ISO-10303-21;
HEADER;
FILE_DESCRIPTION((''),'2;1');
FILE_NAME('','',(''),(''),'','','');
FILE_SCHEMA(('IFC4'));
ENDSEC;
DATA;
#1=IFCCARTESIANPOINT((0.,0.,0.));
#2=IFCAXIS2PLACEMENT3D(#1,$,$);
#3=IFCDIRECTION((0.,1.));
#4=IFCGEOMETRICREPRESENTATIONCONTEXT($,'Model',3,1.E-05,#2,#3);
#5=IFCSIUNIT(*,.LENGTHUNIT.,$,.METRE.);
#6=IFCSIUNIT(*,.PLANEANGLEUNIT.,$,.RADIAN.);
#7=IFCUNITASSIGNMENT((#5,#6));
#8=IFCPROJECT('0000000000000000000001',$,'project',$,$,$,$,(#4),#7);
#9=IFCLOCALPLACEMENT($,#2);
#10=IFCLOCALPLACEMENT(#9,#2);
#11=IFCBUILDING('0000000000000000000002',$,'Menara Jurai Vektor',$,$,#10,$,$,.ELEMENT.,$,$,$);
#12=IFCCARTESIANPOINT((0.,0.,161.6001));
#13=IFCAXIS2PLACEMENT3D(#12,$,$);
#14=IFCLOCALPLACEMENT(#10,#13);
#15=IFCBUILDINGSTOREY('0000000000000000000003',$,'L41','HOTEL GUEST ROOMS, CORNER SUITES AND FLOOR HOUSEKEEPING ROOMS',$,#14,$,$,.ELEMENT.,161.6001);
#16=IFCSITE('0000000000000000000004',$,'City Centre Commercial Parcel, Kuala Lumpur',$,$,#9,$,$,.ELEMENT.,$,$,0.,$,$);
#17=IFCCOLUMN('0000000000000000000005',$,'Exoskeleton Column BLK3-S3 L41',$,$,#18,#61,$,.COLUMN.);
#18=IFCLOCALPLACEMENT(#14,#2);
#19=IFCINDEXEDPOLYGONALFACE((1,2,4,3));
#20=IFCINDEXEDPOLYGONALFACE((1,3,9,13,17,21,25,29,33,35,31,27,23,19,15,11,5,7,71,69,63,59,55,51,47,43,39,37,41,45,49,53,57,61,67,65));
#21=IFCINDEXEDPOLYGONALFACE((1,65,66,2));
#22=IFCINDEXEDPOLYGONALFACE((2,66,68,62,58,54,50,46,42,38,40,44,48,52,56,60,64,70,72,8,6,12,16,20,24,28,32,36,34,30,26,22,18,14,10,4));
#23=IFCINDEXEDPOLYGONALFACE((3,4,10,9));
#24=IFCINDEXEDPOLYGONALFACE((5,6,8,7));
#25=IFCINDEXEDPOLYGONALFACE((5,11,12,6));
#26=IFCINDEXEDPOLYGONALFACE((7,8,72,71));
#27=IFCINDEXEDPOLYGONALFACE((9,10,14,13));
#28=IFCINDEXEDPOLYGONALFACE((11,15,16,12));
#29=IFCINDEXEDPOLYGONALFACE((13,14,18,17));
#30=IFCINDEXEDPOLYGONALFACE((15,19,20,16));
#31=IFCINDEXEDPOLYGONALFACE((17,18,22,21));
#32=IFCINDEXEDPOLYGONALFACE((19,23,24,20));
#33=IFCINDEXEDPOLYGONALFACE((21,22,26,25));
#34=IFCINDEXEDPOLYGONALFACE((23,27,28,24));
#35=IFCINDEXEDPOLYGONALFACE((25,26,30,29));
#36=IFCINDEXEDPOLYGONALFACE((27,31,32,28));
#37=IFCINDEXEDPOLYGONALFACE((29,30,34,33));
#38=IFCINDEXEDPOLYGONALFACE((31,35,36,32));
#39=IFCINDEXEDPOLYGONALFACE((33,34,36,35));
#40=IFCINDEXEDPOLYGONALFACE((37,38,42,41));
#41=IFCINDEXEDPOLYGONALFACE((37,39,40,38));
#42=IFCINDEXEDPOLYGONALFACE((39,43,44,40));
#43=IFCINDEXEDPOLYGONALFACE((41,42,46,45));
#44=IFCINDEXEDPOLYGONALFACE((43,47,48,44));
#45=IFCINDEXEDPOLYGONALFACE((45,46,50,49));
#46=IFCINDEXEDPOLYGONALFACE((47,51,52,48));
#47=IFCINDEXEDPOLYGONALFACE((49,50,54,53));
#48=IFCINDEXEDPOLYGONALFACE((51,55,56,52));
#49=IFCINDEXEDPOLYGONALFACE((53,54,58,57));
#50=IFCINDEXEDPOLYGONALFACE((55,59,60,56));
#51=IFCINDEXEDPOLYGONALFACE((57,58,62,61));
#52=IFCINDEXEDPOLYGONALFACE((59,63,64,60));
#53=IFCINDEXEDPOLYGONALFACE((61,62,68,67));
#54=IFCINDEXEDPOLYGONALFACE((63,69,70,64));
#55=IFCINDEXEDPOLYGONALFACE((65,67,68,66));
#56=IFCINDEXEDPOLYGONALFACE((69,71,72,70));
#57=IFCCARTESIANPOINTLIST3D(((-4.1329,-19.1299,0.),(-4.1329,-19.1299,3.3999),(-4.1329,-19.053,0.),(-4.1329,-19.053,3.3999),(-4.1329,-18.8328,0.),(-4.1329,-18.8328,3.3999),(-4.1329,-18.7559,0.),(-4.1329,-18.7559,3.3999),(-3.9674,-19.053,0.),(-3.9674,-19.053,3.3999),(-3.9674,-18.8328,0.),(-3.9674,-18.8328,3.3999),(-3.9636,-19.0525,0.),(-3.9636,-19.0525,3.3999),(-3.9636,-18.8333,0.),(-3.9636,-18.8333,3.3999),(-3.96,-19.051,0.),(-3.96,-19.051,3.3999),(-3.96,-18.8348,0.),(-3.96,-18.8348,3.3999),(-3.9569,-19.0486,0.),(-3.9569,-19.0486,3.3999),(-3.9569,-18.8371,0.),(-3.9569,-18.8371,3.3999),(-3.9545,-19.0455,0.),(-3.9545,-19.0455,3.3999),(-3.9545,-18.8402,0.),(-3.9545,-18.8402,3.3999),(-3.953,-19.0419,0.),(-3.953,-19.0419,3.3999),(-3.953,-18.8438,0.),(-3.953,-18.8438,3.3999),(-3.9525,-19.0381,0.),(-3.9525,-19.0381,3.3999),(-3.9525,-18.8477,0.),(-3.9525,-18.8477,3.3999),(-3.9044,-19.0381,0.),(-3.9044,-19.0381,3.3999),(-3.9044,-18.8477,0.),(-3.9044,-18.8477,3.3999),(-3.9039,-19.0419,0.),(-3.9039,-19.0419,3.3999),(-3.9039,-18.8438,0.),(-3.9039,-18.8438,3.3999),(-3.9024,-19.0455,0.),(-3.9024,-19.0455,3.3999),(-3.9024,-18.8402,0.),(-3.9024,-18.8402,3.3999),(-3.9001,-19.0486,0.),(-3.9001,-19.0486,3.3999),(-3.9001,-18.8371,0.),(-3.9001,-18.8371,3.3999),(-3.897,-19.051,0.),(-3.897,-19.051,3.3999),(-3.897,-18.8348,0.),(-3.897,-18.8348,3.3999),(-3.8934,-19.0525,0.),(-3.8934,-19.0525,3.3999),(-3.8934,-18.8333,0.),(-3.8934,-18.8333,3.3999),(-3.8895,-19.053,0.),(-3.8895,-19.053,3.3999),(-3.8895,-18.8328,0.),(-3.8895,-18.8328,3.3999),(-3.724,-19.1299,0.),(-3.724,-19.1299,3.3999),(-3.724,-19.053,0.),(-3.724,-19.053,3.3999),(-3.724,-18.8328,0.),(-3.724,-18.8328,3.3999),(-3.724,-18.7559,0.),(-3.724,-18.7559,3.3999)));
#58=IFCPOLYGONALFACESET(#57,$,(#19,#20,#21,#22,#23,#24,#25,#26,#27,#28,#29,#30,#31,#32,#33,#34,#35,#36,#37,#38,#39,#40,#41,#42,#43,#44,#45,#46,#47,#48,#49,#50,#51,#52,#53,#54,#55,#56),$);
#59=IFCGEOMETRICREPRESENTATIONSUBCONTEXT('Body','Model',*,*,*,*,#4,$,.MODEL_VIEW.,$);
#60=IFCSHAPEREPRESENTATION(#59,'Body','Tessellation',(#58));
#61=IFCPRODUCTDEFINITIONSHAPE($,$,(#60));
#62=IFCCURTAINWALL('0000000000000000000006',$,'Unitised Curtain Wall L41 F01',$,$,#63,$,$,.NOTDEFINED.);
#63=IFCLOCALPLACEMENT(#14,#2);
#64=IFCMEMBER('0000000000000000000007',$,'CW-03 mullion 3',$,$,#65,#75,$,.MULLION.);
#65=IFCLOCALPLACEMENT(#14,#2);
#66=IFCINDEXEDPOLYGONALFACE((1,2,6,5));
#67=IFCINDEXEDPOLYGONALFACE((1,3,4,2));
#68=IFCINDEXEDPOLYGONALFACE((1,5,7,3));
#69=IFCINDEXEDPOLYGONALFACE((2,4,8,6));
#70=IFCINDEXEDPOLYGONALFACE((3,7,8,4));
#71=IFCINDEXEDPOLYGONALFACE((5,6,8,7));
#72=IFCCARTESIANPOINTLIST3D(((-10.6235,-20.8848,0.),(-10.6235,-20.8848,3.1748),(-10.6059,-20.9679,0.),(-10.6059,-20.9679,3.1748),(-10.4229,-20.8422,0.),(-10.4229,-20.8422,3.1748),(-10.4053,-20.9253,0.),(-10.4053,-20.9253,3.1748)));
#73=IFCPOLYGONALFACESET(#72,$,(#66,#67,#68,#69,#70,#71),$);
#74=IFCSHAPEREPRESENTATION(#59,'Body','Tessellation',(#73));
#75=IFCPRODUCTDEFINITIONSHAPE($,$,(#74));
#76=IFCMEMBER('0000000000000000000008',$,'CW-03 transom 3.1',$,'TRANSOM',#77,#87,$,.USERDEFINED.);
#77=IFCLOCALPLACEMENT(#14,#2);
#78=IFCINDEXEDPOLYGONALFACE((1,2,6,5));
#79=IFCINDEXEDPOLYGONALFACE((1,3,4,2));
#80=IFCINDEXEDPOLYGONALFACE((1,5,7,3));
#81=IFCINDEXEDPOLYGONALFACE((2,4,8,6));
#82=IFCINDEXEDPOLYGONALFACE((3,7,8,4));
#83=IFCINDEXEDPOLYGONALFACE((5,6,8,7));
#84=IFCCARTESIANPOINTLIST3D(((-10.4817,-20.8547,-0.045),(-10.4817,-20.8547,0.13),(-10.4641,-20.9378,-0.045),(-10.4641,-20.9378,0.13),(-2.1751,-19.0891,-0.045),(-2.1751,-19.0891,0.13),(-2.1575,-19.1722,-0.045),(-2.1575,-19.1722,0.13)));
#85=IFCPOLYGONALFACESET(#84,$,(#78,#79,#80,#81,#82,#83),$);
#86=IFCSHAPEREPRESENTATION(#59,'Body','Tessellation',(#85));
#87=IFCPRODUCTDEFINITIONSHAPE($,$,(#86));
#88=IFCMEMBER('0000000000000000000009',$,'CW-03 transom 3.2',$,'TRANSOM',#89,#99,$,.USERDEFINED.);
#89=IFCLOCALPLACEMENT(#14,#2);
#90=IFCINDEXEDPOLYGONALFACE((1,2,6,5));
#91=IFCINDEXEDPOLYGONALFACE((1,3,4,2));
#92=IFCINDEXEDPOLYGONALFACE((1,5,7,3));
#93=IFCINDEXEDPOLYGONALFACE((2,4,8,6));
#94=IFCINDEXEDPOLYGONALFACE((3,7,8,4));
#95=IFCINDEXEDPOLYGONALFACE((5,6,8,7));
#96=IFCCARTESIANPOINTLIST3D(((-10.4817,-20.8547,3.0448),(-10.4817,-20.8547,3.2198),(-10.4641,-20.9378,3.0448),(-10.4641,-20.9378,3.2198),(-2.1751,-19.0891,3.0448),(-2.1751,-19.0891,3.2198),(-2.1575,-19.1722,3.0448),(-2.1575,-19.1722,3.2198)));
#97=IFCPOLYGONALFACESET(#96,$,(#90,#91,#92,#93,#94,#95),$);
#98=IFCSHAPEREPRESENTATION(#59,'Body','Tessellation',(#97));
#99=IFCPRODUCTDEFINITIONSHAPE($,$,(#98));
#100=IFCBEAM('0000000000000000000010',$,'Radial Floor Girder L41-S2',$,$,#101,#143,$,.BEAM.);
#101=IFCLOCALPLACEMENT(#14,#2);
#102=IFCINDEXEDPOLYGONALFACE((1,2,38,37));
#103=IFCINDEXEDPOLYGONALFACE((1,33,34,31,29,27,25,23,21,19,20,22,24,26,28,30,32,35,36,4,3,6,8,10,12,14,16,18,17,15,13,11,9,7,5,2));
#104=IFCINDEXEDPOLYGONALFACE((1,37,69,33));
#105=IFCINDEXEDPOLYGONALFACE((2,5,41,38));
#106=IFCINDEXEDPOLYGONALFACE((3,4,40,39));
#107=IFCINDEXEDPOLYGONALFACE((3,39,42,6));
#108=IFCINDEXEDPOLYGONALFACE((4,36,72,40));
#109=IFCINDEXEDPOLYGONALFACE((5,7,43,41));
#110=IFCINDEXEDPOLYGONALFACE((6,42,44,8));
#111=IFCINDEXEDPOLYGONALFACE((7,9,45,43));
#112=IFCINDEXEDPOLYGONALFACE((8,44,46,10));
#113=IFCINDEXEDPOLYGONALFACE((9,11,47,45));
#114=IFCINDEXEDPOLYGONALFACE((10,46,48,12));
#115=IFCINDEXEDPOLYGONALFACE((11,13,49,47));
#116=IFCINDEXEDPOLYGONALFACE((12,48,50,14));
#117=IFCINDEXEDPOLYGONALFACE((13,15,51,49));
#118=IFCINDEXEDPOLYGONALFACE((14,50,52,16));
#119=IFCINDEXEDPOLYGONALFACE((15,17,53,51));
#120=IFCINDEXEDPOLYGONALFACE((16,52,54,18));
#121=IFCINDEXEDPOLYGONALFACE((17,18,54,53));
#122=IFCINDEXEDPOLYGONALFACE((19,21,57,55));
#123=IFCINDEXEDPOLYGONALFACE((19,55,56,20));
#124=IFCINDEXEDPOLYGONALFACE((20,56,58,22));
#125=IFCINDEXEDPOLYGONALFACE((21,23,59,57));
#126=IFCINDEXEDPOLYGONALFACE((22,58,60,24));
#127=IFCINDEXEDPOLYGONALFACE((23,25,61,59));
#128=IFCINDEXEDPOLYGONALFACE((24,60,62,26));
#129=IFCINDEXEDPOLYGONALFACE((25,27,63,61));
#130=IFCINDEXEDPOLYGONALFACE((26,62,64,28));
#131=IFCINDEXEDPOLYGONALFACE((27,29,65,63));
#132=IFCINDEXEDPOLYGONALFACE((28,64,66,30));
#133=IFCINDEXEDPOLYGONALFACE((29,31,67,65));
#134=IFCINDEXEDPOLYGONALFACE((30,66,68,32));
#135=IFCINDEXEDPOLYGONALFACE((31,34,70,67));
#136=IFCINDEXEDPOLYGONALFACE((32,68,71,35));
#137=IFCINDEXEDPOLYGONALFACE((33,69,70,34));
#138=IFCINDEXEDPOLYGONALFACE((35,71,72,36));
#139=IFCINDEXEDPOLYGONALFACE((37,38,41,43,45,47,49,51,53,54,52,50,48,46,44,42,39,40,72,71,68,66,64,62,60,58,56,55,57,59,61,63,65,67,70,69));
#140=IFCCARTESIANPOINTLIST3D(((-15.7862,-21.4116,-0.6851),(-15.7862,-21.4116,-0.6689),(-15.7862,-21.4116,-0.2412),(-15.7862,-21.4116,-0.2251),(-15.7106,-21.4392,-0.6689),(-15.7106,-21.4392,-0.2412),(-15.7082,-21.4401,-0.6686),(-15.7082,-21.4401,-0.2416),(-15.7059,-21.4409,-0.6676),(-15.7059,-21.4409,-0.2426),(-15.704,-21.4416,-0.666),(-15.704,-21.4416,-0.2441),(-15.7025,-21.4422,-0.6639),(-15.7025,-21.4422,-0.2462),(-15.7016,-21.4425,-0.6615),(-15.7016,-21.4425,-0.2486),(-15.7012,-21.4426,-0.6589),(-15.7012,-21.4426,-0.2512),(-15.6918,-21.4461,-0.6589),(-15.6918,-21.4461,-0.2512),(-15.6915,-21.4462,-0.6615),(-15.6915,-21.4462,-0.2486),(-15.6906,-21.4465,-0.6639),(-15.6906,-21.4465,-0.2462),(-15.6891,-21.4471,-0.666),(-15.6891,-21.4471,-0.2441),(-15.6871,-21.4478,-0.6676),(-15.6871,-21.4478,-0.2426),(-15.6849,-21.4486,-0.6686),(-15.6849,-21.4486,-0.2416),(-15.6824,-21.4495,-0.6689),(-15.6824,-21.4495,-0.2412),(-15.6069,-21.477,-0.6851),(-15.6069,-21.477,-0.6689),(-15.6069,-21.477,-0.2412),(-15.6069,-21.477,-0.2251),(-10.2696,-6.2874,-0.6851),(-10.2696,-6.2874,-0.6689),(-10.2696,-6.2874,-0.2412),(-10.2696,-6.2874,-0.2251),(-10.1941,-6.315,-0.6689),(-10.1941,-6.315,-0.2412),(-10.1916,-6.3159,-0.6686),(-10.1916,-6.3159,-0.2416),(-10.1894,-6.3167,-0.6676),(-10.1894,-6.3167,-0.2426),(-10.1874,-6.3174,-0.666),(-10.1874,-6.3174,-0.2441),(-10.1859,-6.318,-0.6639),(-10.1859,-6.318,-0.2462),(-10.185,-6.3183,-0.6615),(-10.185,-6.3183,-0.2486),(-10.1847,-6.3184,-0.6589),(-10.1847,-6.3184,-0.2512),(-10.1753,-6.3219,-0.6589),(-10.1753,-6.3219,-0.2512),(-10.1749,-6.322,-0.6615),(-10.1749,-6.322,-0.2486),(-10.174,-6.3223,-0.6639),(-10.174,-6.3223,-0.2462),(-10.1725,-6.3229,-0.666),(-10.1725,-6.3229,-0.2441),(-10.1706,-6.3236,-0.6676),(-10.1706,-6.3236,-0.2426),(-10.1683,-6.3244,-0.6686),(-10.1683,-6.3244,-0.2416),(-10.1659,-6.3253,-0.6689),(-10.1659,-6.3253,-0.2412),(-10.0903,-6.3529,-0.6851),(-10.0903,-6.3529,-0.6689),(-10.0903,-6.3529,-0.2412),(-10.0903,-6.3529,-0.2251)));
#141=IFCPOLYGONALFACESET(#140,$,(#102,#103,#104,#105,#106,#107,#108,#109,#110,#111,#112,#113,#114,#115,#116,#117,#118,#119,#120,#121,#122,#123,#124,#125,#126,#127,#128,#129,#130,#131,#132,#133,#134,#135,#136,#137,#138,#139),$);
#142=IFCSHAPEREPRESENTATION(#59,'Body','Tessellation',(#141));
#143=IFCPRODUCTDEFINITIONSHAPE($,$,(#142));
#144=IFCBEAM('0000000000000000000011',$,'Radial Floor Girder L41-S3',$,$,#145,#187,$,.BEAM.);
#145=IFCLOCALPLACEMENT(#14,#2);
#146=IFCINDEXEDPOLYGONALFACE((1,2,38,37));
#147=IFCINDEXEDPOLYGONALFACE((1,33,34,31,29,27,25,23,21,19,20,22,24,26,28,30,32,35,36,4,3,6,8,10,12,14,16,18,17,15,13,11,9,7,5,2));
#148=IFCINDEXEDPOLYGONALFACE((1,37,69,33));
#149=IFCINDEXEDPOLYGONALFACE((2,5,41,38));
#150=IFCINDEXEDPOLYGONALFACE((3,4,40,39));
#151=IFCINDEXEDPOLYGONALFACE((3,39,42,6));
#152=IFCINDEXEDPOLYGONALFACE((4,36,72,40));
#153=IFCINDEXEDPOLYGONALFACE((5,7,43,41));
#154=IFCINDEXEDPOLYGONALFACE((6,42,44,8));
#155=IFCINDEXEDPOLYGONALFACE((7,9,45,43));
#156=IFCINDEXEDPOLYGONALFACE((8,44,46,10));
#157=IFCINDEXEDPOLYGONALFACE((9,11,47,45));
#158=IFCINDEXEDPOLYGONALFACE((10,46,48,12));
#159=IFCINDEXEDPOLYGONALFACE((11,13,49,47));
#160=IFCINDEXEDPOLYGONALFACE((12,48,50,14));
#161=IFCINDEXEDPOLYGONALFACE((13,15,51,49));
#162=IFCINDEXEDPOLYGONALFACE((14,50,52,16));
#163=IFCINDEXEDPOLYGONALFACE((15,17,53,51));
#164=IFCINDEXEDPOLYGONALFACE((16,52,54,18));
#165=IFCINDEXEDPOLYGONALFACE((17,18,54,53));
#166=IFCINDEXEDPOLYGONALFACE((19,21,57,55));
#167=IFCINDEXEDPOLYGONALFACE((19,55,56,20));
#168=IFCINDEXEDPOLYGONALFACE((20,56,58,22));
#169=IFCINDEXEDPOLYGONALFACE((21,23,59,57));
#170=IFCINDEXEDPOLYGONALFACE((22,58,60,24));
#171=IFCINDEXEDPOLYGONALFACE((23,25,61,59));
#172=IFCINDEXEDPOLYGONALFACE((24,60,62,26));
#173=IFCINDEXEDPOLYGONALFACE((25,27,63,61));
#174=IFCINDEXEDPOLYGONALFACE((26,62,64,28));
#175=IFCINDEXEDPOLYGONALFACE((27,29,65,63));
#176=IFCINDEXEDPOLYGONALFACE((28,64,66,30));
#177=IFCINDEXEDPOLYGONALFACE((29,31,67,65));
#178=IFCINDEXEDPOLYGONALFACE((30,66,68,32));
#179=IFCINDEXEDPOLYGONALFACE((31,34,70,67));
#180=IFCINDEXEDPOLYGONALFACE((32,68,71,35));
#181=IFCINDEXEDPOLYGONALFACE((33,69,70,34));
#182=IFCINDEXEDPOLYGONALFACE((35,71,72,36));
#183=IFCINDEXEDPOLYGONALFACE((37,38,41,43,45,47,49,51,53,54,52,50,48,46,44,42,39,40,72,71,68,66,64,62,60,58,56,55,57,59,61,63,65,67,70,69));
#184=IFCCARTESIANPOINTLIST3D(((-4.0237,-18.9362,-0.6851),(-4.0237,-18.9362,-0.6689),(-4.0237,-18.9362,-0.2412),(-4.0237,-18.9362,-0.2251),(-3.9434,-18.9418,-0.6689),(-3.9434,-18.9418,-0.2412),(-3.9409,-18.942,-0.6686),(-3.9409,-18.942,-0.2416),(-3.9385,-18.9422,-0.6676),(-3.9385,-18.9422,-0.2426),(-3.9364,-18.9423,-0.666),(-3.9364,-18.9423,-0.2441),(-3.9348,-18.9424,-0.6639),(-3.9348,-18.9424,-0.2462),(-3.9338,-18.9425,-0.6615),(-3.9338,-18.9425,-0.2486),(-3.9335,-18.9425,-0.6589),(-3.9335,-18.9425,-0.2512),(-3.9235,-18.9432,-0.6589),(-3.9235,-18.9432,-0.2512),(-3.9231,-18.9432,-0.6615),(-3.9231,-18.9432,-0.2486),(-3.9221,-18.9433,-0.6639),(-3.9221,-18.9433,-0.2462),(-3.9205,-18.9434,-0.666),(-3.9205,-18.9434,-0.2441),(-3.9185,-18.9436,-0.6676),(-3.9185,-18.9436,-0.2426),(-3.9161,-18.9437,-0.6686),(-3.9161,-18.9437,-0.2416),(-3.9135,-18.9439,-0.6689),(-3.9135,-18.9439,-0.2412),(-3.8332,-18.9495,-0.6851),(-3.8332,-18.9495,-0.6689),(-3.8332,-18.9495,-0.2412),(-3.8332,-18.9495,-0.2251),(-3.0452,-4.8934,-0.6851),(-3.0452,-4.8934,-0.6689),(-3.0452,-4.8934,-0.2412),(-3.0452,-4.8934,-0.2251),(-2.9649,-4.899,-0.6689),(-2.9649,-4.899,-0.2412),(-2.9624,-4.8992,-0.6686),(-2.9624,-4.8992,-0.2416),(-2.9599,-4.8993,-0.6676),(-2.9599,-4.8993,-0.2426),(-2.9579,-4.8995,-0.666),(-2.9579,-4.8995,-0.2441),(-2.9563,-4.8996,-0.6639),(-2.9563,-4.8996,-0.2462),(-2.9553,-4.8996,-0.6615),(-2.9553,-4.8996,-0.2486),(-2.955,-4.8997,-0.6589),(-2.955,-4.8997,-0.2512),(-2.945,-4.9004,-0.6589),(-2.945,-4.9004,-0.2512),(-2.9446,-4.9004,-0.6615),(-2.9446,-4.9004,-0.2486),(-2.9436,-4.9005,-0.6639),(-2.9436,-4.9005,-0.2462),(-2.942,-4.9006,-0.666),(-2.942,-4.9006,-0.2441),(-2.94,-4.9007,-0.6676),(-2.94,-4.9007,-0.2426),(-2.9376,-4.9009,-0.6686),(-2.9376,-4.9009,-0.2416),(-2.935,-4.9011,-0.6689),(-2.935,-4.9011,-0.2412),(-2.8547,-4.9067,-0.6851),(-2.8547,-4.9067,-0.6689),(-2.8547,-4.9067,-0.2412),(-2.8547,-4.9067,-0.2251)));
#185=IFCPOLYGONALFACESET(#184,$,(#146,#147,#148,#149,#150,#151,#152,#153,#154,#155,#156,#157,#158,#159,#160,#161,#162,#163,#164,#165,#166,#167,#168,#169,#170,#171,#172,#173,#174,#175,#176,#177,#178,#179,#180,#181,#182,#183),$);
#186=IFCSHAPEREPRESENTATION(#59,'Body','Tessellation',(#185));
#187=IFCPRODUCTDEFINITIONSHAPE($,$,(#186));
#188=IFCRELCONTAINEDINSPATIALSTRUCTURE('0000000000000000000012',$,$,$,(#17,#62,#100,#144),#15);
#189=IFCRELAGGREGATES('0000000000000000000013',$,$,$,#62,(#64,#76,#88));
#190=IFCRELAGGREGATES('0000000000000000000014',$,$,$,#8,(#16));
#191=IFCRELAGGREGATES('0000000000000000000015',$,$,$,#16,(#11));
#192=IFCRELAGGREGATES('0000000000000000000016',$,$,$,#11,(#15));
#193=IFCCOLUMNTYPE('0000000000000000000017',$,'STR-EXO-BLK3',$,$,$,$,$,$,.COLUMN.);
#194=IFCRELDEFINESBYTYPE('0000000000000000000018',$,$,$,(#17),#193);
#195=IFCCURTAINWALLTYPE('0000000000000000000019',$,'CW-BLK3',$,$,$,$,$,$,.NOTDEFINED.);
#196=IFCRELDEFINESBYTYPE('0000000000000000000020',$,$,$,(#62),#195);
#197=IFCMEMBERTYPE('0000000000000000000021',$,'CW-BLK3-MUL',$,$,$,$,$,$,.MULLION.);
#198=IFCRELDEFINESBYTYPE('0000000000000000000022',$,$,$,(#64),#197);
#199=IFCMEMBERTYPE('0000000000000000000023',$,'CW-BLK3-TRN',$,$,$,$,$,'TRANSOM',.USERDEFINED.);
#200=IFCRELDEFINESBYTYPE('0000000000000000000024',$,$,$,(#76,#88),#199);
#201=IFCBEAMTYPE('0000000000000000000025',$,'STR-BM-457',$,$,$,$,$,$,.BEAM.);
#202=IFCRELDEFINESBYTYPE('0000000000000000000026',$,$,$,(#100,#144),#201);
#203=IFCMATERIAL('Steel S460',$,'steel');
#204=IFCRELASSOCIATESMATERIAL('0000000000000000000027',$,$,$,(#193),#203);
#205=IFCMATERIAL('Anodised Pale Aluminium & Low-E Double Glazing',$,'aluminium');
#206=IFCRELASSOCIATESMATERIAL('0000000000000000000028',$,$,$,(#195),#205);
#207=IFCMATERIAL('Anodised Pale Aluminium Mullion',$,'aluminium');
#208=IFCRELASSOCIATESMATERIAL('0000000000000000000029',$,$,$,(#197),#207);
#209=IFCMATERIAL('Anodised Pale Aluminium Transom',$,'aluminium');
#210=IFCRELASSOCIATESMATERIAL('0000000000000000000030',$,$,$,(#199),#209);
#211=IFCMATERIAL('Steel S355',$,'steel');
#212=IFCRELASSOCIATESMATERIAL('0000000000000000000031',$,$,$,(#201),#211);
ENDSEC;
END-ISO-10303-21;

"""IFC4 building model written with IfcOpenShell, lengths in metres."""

from ifc_helpers import new_model, si_unit, direction, frame, origin, origin_2d, place, context, subcontext, project, spatial, rectangle, i_section, extrude, material, material_profile, profile_set, type_object, element, aggregate, save


model = new_model("IFC4")

# Units and contexts
model_context = context("Model", 3, precision=1e-05, world=origin(), true_north=direction((0.0, 1.0)))
body_context = subcontext(model_context, "Body", "Model", "MODEL_VIEW")
ifc_project = project(units=[si_unit("LENGTHUNIT", "METRE"), si_unit("PLANEANGLEUNIT", "RADIAN")], contexts=[model_context])

# Site, building, storey
site_placement = place(None, origin())
site = spatial("IfcSite", under=ifc_project, at=site_placement, Name="City Centre Commercial Parcel, Kuala Lumpur", CompositionType="ELEMENT", RefElevation=0.0)
building_placement = place(site_placement, origin())
building = spatial("IfcBuilding", under=site, at=building_placement, Name="Menara Jurai Vektor", CompositionType="ELEMENT")
storey_placement = place(building_placement, frame((0.0, 0.0, 161.6001)))
storey = spatial("IfcBuildingStorey", under=building, at=storey_placement, Name="L41", Description="HOTEL GUEST ROOMS, CORNER SUITES AND FLOOR HOUSEKEEPING ROOMS", CompositionType="ELEMENT", Elevation=161.6001)

# Column
ifc_material_1 = material(Name="Steel S460", Category="steel")
ifc_material_profile_1 = material_profile(ifc_material_1, i_section(OverallWidth=0.4089, OverallDepth=0.374, WebThickness=0.0481, FlangeThickness=0.0769, FilletRadius=0.0149, at=origin_2d()), Name="HD 400x634")
ifc_profile_set_1 = profile_set([ifc_material_profile_1], Name="Steel S460")
column_type = type_object("IfcColumnType", Name="STR-EXO-BLK3", PredefinedType="COLUMN", material=ifc_profile_set_1)
column_placement = place(storey_placement, frame((-3.9285, -18.9429, 0.0), z_axis=(0.0, 0.0, 1.0), x_axis=(1.0, 0.0, 0.0)))
element("IfcColumn", 1, at=column_placement, inside=storey, type_object=column_type, Name="Exoskeleton Column BLK3-S3 L41", PredefinedType="COLUMN", context=body_context, shape_type="SweptSolid", body=[
    extrude(i_section(OverallWidth=0.4089, OverallDepth=0.374, WebThickness=0.0481, FlangeThickness=0.0769, FilletRadius=0.0149, at=origin_2d()), origin(), (0.0, 0.0, 1.0), 3.3999),
])

# Curtain wall, members
ifc_material_2 = material(Name="Anodised Pale Aluminium & Low-E Double Glazing", Category="aluminium")
curtain_wall_type = type_object("IfcCurtainWallType", Name="CW-BLK3", PredefinedType="NOTDEFINED", material=ifc_material_2)
curtain_wall_placement = place(storey_placement, origin())
curtain_wall = element("IfcCurtainWall", 2, at=curtain_wall_placement, inside=storey, type_object=curtain_wall_type, Name="Unitised Curtain Wall L41 F01", PredefinedType="NOTDEFINED")
ifc_material_3 = material(Name="Anodised Pale Aluminium Mullion", Category="aluminium")
ifc_material_profile_2 = material_profile(ifc_material_3, rectangle(XDim=0.085, YDim=0.2051, at=origin_2d()), Name="ALU MUL 85x205")
ifc_profile_set_2 = profile_set([ifc_material_profile_2], Name="Anodised Pale Aluminium Mullion")
member_type_1 = type_object("IfcMemberType", Name="CW-BLK3-MUL", PredefinedType="MULLION", material=ifc_profile_set_2)
member_1_placement = place(storey_placement, frame((-10.5144, -20.905, 0.0), z_axis=(0.0, 0.0, 1.0), x_axis=(-0.207911, 0.978148, 0.0)))
member_1 = element("IfcMember", 3, at=member_1_placement, type_object=member_type_1, Name="CW-03 mullion 3", PredefinedType="MULLION", context=body_context, shape_type="SweptSolid", body=[
    extrude(rectangle(XDim=0.085, YDim=0.2051, at=origin_2d()), origin(), (0.0, 0.0, 1.0), 3.1748),
])
ifc_material_4 = material(Name="Anodised Pale Aluminium Transom", Category="aluminium")
ifc_material_profile_3 = material_profile(ifc_material_4, rectangle(XDim=0.085, YDim=0.175, at=origin_2d()), Name="ALU TRN 85x175")
ifc_profile_set_3 = profile_set([ifc_material_profile_3], Name="Anodised Pale Aluminium Transom")
member_type_2 = type_object("IfcMemberType", Name="CW-BLK3-TRN", ElementType="TRANSOM", PredefinedType="USERDEFINED", material=ifc_profile_set_3)
member_2_placement = place(storey_placement, frame((-10.4729, -20.8962, 0.0425), z_axis=(0.978148, 0.207911, 0.0), x_axis=(-0.207911, 0.978148, 0.0)))
member_2 = element("IfcMember", 4, at=member_2_placement, type_object=member_type_2, Name="CW-03 transom 3.1", ObjectType="TRANSOM", PredefinedType="USERDEFINED", context=body_context, shape_type="SweptSolid", body=[
    extrude(rectangle(XDim=0.085, YDim=0.175, at=origin_2d()), origin(), (0.0, 0.0, 1.0), 8.4922),
])
member_3_placement = place(storey_placement, frame((-10.4729, -20.8962, 3.1323), z_axis=(0.978148, 0.207911, 0.0), x_axis=(-0.207911, 0.978148, 0.0)))
member_3 = element("IfcMember", 5, at=member_3_placement, type_object=member_type_2, Name="CW-03 transom 3.2", ObjectType="TRANSOM", PredefinedType="USERDEFINED", context=body_context, shape_type="SweptSolid", body=[
    extrude(rectangle(XDim=0.085, YDim=0.175, at=origin_2d()), origin(), (0.0, 0.0, 1.0), 8.4922),
])

# Beams
ifc_material_5 = material(Name="Steel S355", Category="steel")
ifc_material_profile_4 = material_profile(ifc_material_5, i_section(OverallWidth=0.1909, OverallDepth=0.46, WebThickness=0.01, FlangeThickness=0.0161, FilletRadius=0.01, at=origin_2d()), Name="UKB 457x191x82")
ifc_profile_set_4 = profile_set([ifc_material_profile_4], Name="Steel S355")
beam_type_1 = type_object("IfcBeamType", Name="STR-BM-457", PredefinedType="BEAM", material=ifc_profile_set_4)
beam_1_placement = place(storey_placement, frame((-15.6965, -21.4443, -0.4551), z_axis=(0.342668, 0.939456, 0.0), x_axis=(-0.939456, 0.342668, 0.0)))
element("IfcBeam", 6, at=beam_1_placement, inside=storey, type_object=beam_type_1, Name="Radial Floor Girder L41-S2", PredefinedType="BEAM", context=body_context, shape_type="SweptSolid", body=[
    extrude(i_section(OverallWidth=0.1909, OverallDepth=0.46, WebThickness=0.01, FlangeThickness=0.0161, FilletRadius=0.01, at=origin_2d()), origin(), (0.0, 0.0, 1.0), 16.0989),
])
beam_2_placement = place(storey_placement, frame((-3.9285, -18.9429, -0.4551), z_axis=(0.069512, 0.997581, 0.0), x_axis=(-0.997581, 0.069512, 0.0)))
element("IfcBeam", 7, at=beam_2_placement, inside=storey, type_object=beam_type_1, Name="Radial Floor Girder L41-S3", PredefinedType="BEAM", context=body_context, shape_type="SweptSolid", body=[
    extrude(i_section(OverallWidth=0.1909, OverallDepth=0.46, WebThickness=0.01, FlangeThickness=0.0161, FilletRadius=0.01, at=origin_2d()), origin(), (0.0, 0.0, 1.0), 14.0769),
])

aggregate(curtain_wall, [member_1, member_2, member_3])

save(model, "model.ifc")
